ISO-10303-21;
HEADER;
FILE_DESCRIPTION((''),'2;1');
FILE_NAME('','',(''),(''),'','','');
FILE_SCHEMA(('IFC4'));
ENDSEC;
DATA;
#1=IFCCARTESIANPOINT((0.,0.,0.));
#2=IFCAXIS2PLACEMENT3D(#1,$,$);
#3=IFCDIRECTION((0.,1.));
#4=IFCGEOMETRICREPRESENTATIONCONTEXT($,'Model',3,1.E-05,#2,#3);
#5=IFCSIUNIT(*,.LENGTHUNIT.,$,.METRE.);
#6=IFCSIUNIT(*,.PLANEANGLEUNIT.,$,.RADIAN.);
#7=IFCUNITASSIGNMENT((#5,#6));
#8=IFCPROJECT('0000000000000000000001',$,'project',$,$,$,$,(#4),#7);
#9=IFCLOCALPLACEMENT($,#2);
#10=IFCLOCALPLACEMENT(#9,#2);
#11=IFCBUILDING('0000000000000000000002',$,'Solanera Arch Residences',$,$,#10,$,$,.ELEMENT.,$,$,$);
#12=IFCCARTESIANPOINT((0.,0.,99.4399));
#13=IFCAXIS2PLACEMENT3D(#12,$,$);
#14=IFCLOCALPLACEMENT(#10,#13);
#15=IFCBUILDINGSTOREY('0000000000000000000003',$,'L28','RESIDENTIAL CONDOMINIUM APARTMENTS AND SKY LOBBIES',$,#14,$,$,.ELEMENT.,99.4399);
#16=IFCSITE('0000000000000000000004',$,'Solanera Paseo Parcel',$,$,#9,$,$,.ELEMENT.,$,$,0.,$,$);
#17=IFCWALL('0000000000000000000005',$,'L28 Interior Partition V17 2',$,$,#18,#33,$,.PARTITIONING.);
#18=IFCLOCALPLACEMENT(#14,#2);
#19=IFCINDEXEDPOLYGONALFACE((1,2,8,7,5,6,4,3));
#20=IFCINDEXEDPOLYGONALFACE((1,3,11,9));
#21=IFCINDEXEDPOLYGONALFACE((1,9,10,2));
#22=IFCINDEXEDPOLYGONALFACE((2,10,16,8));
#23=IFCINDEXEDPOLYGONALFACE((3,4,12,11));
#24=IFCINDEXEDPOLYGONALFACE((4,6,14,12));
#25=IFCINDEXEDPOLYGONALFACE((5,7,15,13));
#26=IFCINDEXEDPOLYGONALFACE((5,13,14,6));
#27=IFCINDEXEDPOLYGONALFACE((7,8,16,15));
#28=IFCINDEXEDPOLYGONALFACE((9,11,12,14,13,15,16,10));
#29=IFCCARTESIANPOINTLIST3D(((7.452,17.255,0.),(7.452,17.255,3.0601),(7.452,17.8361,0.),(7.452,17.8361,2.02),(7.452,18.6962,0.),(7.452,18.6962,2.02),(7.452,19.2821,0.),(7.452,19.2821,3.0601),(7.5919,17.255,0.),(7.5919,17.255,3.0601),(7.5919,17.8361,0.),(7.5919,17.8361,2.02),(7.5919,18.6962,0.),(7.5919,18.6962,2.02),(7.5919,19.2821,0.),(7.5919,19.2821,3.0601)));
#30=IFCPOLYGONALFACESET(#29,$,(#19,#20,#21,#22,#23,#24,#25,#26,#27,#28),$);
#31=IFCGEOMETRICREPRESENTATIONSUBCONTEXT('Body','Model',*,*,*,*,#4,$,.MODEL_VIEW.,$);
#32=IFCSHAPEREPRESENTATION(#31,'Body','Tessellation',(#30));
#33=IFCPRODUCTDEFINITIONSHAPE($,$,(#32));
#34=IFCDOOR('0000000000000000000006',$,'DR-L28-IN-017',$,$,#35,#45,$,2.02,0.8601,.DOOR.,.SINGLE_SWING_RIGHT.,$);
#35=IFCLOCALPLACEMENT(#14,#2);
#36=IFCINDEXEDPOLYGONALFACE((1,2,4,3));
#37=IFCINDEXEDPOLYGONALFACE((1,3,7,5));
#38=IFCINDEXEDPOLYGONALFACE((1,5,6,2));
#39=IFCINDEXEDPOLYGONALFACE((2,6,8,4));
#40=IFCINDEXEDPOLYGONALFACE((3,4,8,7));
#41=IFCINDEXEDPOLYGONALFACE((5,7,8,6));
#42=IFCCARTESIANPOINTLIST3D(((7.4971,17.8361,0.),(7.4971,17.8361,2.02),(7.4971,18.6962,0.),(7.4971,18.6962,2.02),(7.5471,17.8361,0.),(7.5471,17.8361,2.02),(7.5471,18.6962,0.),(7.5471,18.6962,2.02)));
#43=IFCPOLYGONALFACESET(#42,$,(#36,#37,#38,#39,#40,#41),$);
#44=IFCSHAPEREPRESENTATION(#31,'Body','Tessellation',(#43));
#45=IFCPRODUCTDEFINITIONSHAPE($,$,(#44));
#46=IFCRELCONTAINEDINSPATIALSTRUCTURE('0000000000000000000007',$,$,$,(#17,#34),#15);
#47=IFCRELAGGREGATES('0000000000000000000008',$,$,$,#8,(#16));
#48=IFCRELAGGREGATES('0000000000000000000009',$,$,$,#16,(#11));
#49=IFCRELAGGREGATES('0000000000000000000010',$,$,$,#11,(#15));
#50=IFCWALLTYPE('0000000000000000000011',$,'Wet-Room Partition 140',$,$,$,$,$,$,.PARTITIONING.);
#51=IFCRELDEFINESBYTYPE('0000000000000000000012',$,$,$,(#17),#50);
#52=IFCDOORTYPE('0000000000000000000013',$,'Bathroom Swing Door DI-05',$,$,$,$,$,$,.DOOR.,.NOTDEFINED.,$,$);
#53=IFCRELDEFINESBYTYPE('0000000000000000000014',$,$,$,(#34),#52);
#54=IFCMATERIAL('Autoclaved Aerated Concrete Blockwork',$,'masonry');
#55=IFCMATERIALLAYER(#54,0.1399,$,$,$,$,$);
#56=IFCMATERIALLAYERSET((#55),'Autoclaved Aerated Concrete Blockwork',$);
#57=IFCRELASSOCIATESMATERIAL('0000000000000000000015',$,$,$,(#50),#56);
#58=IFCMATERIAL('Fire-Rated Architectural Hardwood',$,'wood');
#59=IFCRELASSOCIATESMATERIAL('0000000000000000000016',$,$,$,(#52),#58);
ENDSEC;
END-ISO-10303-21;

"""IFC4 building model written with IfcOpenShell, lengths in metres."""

from ifc_helpers import new_model, si_unit, direction, frame, frame_2d, origin, place, context, subcontext, project, spatial, rectangle, extrude, material, layer, layer_set, type_object, element, fill, save


model = new_model("IFC4")

# Units and contexts
model_context = context("Model", 3, precision=1e-05, world=origin(), true_north=direction((0.0, 1.0)))
body_context = subcontext(model_context, "Body", "Model", "MODEL_VIEW")
ifc_project = project(units=[si_unit("LENGTHUNIT", "METRE"), si_unit("PLANEANGLEUNIT", "RADIAN")], contexts=[model_context])

# Site, building, storey
site_placement = place(None, origin())
site = spatial("IfcSite", under=ifc_project, at=site_placement, Name="Solanera Paseo Parcel", CompositionType="ELEMENT", RefElevation=0.0)
building_placement = place(site_placement, origin())
building = spatial("IfcBuilding", under=site, at=building_placement, Name="Solanera Arch Residences", CompositionType="ELEMENT")
storey_placement = place(building_placement, frame((0.0, 0.0, 99.4399)))
storey = spatial("IfcBuildingStorey", under=building, at=storey_placement, Name="L28", Description="RESIDENTIAL CONDOMINIUM APARTMENTS AND SKY LOBBIES", CompositionType="ELEMENT", Elevation=99.4399)

# Shared definitions
ifc_material_1 = material(Name="Autoclaved Aerated Concrete Blockwork", Category="masonry")
ifc_layer_1 = layer(ifc_material_1, 0.1399)
ifc_layer_set_1 = layer_set([ifc_layer_1], Name="Autoclaved Aerated Concrete Blockwork")
wall_type_1 = type_object("IfcWallType", Name="Wet-Room Partition 140", PredefinedType="PARTITIONING", material=ifc_layer_set_1)

# Wall, opening, door
wall_1_placement = place(storey_placement, frame((7.522, 17.2549, 0.0), z_axis=(0.0, 0.0, 1.0), x_axis=(0.0, 1.0, 0.0)))
wall_1 = element("IfcWall", 1, at=wall_1_placement, inside=storey, type_object=wall_type_1, Name="L28 Interior Partition V17 2", PredefinedType="PARTITIONING", context=body_context, shape_type="SweptSolid", body=[
    extrude(rectangle(XDim=2.0271, YDim=0.1399, at=frame_2d((1.0137, 0.0))), origin(), (0.0, 0.0, 1.0), 3.0601),
])
opening_1_placement = place(wall_1_placement, frame((0.5811, 0.0, 0.0)))
opening_1 = element("IfcOpeningElement", 2, at=opening_1_placement, cuts=wall_1, PredefinedType="OPENING", context=body_context, shape_type="SweptSolid", body=[
    extrude(rectangle(XDim=0.8601, YDim=2.02, at=frame_2d((0.4302, 1.01))), frame((0.0, 0.0798, 0.0), z_axis=(0.0, -1.0, 0.0), x_axis=(1.0, 0.0, 0.0)), (0.0, 0.0, 1.0), 0.1599),
])
ifc_material_2 = material(Name="Fire-Rated Architectural Hardwood", Category="wood")
door_type_1 = type_object("IfcDoorType", Name="Bathroom Swing Door DI-05", OperationType="NOTDEFINED", PredefinedType="DOOR", material=ifc_material_2)
door_1_placement = place(opening_1_placement, origin())
door_1 = element("IfcDoor", 3, at=door_1_placement, inside=storey, type_object=door_type_1, Name="DR-L28-IN-017", OperationType="SINGLE_SWING_RIGHT", OverallHeight=2.02, OverallWidth=0.8601, PredefinedType="DOOR", context=body_context, shape_type="SweptSolid", body=[
    extrude(rectangle(XDim=0.8601, YDim=2.02, at=frame_2d((0.4302, 1.01))), frame((0.0, 0.0249, 0.0), z_axis=(0.0, -1.0, 0.0), x_axis=(1.0, 0.0, 0.0)), (0.0, 0.0, 1.0), 0.05),
])
fill(opening_1, door_1)

save(model, "model.ifc")
